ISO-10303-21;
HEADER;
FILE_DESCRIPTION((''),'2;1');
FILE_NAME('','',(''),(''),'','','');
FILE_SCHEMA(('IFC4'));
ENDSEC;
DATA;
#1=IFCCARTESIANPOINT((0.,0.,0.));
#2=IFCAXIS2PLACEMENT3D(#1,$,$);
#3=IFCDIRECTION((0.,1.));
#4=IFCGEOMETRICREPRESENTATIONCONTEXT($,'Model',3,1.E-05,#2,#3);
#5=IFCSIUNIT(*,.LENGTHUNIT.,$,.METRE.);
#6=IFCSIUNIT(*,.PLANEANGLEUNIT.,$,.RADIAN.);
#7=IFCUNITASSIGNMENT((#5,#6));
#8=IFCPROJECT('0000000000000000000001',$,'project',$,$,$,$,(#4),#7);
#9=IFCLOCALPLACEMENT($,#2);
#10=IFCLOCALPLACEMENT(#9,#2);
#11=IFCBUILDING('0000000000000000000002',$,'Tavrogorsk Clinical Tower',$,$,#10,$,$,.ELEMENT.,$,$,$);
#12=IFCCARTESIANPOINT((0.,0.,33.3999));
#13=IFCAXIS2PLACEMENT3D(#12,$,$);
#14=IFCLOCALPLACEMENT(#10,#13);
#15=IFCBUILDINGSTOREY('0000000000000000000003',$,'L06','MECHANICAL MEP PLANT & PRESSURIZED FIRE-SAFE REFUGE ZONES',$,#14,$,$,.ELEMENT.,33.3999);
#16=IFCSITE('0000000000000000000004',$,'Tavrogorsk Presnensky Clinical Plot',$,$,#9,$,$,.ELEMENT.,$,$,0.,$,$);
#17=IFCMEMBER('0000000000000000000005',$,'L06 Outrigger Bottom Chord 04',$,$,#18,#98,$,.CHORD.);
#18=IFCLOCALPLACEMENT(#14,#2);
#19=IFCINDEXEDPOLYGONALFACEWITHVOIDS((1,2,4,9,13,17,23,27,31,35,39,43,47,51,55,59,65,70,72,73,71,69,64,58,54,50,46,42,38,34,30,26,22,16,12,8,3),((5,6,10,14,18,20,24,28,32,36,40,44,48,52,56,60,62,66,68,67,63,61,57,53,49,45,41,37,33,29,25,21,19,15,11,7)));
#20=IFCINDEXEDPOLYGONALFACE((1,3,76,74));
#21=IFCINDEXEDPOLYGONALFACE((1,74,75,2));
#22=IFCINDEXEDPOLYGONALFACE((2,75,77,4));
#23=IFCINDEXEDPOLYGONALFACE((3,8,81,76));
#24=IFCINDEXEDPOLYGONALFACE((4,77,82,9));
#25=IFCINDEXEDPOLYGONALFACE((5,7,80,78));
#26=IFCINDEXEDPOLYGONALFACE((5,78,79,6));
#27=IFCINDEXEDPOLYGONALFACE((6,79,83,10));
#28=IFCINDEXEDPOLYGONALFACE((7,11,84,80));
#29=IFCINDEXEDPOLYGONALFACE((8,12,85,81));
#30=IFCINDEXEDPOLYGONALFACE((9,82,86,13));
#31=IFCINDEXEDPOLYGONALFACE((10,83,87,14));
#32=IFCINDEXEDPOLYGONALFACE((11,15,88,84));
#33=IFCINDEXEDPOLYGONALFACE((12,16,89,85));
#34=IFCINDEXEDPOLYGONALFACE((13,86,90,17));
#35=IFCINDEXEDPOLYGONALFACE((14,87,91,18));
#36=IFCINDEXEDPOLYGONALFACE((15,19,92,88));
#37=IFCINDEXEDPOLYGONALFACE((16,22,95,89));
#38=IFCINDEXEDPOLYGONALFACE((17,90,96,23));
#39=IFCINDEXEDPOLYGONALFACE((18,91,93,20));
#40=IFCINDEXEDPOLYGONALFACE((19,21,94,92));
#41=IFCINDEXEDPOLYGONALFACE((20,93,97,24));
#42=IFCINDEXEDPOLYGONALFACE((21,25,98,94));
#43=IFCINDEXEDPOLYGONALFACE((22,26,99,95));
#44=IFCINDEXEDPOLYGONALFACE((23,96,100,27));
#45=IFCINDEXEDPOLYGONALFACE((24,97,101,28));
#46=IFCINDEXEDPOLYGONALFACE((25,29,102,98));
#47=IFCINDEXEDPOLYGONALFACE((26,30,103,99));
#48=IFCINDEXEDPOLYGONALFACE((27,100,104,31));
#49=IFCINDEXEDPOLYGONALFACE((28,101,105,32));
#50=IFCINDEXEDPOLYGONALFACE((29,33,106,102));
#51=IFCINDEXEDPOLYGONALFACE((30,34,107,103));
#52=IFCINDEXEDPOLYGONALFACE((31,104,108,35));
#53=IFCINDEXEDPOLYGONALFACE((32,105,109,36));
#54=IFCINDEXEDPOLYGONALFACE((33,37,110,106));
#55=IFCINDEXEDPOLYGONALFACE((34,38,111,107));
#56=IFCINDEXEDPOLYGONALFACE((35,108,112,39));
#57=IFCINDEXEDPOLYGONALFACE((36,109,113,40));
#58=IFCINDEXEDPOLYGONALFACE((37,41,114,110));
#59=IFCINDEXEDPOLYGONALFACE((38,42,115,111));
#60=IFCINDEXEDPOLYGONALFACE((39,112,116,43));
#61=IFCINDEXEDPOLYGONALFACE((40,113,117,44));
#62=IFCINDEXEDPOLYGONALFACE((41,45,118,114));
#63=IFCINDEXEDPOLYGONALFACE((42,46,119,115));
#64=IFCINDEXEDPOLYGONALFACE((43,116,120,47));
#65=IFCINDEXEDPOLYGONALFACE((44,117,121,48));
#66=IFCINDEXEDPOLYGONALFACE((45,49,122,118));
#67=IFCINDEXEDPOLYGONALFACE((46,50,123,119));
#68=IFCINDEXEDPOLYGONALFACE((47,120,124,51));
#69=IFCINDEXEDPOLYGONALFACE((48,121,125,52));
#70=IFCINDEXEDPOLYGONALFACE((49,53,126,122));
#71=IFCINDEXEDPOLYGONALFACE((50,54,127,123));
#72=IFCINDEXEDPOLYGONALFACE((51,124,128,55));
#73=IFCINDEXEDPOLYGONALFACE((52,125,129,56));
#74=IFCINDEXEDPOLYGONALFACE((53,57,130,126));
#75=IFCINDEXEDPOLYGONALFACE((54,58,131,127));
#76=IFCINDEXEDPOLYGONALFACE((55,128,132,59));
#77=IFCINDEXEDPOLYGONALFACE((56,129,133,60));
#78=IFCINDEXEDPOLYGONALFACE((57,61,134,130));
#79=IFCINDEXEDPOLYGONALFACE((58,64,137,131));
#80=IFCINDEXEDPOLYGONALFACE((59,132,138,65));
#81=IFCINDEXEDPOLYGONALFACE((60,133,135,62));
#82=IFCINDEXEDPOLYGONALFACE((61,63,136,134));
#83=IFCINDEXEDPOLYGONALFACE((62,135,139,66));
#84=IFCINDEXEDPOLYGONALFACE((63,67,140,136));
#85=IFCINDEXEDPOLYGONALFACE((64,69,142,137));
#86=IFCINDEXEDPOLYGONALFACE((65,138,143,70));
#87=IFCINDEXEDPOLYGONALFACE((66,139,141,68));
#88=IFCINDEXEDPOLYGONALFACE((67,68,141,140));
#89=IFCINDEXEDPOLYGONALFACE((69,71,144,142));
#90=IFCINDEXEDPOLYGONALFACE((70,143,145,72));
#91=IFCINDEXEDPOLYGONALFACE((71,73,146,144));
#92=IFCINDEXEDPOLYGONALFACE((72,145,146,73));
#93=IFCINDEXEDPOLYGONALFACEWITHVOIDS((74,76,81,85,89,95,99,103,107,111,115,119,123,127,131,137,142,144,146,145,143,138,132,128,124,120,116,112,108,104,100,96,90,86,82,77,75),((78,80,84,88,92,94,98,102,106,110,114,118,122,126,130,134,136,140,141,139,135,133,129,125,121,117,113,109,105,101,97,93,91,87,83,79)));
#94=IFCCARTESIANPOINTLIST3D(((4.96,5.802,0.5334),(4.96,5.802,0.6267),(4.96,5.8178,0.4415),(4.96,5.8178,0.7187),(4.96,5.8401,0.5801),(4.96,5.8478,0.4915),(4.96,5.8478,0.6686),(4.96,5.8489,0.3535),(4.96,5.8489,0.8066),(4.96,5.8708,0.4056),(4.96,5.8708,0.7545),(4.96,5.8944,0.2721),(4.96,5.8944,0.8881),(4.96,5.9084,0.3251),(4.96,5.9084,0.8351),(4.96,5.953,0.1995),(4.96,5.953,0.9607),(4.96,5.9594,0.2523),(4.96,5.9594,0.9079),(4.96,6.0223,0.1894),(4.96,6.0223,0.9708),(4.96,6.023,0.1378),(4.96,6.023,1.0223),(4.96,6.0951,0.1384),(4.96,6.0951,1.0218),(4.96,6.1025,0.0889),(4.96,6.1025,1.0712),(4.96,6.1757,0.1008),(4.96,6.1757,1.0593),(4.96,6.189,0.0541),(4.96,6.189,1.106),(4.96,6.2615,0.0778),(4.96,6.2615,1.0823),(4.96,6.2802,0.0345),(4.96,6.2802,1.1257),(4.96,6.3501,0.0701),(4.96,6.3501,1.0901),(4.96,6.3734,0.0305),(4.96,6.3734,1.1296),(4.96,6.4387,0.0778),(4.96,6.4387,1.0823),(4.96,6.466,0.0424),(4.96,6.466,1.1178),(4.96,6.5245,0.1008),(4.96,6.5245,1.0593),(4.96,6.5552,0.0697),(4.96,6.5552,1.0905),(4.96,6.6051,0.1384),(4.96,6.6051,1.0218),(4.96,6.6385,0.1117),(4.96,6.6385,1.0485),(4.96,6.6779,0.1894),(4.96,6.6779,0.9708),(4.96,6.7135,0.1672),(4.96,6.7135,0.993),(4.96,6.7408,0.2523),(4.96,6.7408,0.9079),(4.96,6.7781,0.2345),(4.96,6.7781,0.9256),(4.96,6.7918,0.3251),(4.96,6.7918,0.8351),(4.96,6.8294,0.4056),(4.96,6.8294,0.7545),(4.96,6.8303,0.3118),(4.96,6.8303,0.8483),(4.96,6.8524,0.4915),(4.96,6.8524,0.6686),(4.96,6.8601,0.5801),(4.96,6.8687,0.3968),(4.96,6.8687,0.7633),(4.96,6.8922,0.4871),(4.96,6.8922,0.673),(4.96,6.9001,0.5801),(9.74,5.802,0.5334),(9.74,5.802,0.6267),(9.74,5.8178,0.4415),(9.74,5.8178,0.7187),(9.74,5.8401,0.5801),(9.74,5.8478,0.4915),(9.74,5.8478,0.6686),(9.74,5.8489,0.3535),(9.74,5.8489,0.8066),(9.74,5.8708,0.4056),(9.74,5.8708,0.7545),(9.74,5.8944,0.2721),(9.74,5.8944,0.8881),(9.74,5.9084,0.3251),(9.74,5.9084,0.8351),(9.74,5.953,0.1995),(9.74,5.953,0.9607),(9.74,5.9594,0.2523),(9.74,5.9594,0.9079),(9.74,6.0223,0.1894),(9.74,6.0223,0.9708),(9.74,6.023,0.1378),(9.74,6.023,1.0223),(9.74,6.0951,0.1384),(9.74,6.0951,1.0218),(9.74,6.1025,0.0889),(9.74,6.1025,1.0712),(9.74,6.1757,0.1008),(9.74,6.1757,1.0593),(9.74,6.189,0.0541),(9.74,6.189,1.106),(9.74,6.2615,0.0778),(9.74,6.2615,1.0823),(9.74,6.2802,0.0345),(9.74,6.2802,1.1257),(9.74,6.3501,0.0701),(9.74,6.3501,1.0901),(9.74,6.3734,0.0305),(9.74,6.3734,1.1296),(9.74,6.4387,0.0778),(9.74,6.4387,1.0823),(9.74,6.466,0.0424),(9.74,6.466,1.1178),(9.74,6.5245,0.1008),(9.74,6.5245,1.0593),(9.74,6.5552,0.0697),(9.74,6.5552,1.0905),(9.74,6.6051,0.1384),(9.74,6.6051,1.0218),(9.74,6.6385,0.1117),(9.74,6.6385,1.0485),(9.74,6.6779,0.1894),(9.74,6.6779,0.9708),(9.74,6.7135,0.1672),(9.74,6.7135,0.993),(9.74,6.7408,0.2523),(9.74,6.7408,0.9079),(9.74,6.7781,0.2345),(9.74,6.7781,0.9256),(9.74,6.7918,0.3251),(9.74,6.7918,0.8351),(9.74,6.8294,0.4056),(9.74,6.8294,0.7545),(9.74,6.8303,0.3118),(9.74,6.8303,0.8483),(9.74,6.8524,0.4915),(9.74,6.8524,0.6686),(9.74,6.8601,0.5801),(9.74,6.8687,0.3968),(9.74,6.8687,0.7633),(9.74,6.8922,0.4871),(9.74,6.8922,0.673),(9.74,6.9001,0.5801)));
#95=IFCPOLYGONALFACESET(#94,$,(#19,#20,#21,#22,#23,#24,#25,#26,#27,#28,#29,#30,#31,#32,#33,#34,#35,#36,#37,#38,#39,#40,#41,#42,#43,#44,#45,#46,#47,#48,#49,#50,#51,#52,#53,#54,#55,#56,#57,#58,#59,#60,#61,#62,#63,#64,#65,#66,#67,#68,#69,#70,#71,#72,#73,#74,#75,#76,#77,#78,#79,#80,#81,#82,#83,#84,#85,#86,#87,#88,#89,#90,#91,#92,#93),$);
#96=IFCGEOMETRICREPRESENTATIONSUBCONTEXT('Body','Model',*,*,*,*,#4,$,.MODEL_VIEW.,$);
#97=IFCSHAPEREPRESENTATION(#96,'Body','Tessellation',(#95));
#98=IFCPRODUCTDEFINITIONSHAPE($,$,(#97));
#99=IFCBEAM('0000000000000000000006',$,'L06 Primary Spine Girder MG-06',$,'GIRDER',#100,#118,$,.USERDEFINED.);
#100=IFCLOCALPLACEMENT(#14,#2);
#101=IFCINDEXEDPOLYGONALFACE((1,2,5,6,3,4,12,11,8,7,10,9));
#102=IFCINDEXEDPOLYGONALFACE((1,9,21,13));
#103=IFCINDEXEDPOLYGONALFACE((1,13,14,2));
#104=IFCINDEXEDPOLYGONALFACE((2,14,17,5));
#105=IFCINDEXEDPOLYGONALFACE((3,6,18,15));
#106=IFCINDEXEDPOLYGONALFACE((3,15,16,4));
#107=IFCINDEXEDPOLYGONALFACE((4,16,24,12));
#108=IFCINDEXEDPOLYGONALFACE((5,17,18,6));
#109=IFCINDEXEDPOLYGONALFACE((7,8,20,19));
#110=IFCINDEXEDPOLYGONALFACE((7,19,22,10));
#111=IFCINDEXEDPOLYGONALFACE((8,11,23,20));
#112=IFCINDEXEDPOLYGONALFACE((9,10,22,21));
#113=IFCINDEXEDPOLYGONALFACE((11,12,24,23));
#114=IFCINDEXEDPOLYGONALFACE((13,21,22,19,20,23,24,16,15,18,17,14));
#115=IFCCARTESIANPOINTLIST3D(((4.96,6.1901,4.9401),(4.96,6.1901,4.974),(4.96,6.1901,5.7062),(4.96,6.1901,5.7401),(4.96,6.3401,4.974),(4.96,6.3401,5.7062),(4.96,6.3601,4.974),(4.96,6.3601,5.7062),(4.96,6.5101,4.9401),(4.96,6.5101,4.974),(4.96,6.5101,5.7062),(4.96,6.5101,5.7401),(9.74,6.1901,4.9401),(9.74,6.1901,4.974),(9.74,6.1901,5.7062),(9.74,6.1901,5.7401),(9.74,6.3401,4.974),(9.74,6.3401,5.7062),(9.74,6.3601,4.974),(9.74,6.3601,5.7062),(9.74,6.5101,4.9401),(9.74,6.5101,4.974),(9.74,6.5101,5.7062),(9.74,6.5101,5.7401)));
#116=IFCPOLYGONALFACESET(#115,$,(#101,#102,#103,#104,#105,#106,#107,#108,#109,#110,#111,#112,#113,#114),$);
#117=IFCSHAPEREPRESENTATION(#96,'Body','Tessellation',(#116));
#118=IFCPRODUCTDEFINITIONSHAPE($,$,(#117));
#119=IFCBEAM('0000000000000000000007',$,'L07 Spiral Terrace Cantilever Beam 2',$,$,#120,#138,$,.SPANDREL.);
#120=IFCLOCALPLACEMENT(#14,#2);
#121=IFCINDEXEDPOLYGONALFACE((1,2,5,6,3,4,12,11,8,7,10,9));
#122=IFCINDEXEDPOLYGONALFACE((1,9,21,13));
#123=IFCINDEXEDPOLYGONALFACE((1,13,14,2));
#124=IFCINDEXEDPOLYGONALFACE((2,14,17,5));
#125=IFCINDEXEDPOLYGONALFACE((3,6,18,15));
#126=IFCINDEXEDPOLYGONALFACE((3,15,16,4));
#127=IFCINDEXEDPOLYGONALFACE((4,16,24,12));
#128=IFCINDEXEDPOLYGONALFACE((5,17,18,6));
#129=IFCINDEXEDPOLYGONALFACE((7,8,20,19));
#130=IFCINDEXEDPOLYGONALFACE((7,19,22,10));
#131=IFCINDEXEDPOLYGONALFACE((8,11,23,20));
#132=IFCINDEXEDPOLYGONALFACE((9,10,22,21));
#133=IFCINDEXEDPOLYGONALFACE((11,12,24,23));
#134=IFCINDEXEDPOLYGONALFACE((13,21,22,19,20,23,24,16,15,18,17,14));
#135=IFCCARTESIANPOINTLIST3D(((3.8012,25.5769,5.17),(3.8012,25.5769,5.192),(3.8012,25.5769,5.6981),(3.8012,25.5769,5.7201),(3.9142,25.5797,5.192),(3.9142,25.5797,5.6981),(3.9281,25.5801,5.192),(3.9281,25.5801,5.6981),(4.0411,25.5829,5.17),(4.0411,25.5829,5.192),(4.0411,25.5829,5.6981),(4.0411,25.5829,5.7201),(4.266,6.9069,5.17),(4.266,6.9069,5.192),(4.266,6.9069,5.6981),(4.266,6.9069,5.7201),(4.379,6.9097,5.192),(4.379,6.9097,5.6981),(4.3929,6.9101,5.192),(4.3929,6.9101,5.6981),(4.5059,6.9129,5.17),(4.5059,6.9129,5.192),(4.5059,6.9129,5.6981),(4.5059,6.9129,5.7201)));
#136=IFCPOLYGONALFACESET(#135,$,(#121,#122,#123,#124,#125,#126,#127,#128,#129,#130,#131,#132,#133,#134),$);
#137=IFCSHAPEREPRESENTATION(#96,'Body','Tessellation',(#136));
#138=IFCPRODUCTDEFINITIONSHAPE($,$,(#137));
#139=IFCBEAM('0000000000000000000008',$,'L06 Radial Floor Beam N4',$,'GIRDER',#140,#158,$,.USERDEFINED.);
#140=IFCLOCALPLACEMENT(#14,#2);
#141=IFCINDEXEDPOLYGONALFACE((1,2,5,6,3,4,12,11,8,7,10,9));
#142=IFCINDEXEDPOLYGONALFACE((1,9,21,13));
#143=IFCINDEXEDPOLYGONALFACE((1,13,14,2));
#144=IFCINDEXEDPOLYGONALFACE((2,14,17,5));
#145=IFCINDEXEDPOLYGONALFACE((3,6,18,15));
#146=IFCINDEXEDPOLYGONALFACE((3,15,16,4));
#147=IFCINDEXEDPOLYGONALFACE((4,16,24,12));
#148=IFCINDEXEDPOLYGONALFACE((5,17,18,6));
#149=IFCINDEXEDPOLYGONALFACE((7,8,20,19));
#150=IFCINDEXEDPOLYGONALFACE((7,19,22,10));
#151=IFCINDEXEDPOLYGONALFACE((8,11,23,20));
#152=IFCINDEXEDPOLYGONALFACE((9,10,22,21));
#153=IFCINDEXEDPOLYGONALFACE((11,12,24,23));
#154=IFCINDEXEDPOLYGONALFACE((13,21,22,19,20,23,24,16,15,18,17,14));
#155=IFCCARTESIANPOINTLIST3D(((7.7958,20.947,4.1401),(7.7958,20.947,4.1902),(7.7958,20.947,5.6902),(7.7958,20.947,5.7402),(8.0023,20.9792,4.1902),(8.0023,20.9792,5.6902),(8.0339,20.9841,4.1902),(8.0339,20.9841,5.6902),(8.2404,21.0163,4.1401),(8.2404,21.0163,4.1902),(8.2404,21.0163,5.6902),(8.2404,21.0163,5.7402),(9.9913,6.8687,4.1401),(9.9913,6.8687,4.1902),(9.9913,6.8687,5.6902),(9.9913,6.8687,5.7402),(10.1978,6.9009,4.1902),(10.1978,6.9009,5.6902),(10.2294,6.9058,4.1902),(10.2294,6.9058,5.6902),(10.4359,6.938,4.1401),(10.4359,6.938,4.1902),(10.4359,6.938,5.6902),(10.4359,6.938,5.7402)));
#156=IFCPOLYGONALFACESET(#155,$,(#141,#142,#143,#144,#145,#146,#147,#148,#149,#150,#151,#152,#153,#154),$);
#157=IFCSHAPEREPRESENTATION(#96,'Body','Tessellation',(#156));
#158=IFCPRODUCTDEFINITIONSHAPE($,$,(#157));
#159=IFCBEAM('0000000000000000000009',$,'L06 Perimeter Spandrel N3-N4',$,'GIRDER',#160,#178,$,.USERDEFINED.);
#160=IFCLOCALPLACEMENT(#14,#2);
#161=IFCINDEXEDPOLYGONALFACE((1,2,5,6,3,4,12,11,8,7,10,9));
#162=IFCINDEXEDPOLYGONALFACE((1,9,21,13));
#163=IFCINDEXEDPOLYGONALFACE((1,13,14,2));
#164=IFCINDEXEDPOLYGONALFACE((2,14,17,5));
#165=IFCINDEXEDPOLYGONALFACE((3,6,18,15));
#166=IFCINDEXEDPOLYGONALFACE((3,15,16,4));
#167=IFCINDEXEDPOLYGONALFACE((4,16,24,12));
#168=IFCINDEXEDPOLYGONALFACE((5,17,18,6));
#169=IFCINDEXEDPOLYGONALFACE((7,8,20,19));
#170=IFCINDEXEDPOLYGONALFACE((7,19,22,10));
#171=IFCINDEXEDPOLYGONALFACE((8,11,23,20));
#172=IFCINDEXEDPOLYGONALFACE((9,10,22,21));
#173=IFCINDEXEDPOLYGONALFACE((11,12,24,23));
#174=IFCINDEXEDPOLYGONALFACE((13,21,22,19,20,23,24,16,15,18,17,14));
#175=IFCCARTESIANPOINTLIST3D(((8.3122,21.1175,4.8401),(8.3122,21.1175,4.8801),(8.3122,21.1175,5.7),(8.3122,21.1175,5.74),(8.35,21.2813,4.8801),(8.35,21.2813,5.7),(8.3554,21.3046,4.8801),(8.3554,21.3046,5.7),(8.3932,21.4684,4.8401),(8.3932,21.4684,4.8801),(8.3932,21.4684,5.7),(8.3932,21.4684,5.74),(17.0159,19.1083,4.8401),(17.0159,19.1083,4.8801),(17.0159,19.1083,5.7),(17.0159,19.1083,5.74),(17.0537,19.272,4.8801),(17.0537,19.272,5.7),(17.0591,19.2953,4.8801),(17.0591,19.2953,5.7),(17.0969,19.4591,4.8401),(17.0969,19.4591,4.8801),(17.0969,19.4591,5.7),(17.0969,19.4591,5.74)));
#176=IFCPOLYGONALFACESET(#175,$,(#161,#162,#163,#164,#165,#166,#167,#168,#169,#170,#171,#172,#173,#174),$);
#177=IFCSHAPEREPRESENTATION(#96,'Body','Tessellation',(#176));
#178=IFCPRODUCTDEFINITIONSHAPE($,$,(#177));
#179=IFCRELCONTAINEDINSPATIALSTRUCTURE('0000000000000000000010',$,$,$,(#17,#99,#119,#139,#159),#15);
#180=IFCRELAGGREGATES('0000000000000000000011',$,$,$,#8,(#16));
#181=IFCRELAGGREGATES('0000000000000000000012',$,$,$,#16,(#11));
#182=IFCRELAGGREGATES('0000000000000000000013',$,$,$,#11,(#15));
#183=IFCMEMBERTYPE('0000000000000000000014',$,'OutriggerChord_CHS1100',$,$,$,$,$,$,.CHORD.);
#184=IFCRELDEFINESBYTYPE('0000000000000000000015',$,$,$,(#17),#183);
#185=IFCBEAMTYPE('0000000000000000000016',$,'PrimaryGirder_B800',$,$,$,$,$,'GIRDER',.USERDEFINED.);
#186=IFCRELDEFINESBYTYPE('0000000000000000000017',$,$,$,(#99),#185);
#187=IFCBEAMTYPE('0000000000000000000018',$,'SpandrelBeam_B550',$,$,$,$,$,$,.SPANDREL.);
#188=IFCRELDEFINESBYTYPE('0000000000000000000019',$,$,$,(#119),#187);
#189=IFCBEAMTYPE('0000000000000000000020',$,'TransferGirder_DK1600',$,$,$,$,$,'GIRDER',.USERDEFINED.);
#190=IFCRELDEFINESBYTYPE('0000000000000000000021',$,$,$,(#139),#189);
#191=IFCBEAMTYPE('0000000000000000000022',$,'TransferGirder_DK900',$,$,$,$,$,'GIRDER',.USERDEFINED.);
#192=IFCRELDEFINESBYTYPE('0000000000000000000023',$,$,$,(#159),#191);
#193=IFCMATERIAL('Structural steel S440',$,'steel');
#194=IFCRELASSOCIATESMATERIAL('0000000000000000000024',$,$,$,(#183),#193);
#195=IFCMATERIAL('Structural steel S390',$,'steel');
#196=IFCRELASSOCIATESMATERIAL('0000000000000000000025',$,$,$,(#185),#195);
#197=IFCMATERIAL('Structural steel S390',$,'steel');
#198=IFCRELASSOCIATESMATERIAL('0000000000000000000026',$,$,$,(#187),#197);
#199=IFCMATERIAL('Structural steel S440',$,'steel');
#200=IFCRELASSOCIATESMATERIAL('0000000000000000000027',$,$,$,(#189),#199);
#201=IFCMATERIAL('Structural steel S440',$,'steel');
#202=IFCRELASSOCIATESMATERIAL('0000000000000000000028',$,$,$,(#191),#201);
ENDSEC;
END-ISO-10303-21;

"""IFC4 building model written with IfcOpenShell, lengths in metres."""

from ifc_helpers import new_model, si_unit, direction, frame, origin, origin_2d, place, context, subcontext, project, spatial, hollow_circle, i_section, extrude, material, material_profile, profile_set, type_object, element, save


model = new_model("IFC4")

# Units and contexts
model_context = context("Model", 3, precision=1e-05, world=origin(), true_north=direction((0.0, 1.0)))
body_context = subcontext(model_context, "Body", "Model", "MODEL_VIEW")
ifc_project = project(units=[si_unit("LENGTHUNIT", "METRE"), si_unit("PLANEANGLEUNIT", "RADIAN")], contexts=[model_context])

# Site, building, storey
site_placement = place(None, origin())
site = spatial("IfcSite", under=ifc_project, at=site_placement, Name="Tavrogorsk Presnensky Clinical Plot", CompositionType="ELEMENT", RefElevation=0.0)
building_placement = place(site_placement, origin())
building = spatial("IfcBuilding", under=site, at=building_placement, Name="Tavrogorsk Clinical Tower", CompositionType="ELEMENT")
storey_placement = place(building_placement, frame((0.0, 0.0, 33.3999)))
storey = spatial("IfcBuildingStorey", under=building, at=storey_placement, Name="L06", Description="MECHANICAL MEP PLANT & PRESSURIZED FIRE-SAFE REFUGE ZONES", CompositionType="ELEMENT", Elevation=33.3999)

# Member
ifc_material_1 = material(Name="Structural steel S440", Category="steel")
ifc_material_profile_1 = material_profile(ifc_material_1, hollow_circle(Radius=0.55, WallThickness=0.04, at=origin_2d()), Name="CHS-1100x40")
ifc_profile_set_1 = profile_set([ifc_material_profile_1], Name="Structural steel S440")
member_type_1 = type_object("IfcMemberType", Name="OutriggerChord_CHS1100", PredefinedType="CHORD", material=ifc_profile_set_1)
member_1_placement = place(storey_placement, frame((4.96, 6.3501, 0.5801), z_axis=(1.0, 0.0, 0.0), x_axis=(0.0, 1.0, 0.0)))
element("IfcMember", 1, at=member_1_placement, inside=storey, type_object=member_type_1, Name="L06 Outrigger Bottom Chord 04", PredefinedType="CHORD", context=body_context, shape_type="SweptSolid", body=[
    extrude(hollow_circle(Radius=0.55, WallThickness=0.04, at=origin_2d()), origin(), (0.0, 0.0, 1.0), 4.78),
])

# Beams
ifc_material_2 = material(Name="Structural steel S390", Category="steel")
ifc_material_profile_2 = material_profile(ifc_material_2, i_section(OverallWidth=0.3201, OverallDepth=0.8, WebThickness=0.02, FlangeThickness=0.0339, at=origin_2d()), Name="B-800x320x20x34")
ifc_profile_set_2 = profile_set([ifc_material_profile_2], Name="Structural steel S390")
beam_type_1 = type_object("IfcBeamType", Name="PrimaryGirder_B800", ElementType="GIRDER", PredefinedType="USERDEFINED", material=ifc_profile_set_2)
beam_1_placement = place(storey_placement, frame((4.96, 6.3501, 5.3401), z_axis=(1.0, 0.0, 0.0), x_axis=(0.0, 1.0, 0.0)))
element("IfcBeam", 2, at=beam_1_placement, inside=storey, type_object=beam_type_1, Name="L06 Primary Spine Girder MG-06", ObjectType="GIRDER", PredefinedType="USERDEFINED", context=body_context, shape_type="SweptSolid", body=[
    extrude(i_section(OverallWidth=0.3201, OverallDepth=0.8, WebThickness=0.02, FlangeThickness=0.0339, at=origin_2d()), origin(), (0.0, 0.0, 1.0), 4.78),
])
ifc_material_3 = material(Name="Structural steel S390", Category="steel")
ifc_material_profile_3 = material_profile(ifc_material_3, i_section(OverallWidth=0.24, OverallDepth=0.55, WebThickness=0.0139, FlangeThickness=0.022, at=origin_2d()), Name="B-550x240x14x22")
ifc_profile_set_3 = profile_set([ifc_material_profile_3], Name="Structural steel S390")
beam_type_2 = type_object("IfcBeamType", Name="SpandrelBeam_B550", PredefinedType="SPANDREL", material=ifc_profile_set_3)
beam_2_placement = place(storey_placement, frame((4.386, 6.9099, 5.4451), z_axis=(-0.02489, 0.99969, 0.0), x_axis=(-0.99969, -0.02489, 0.0)))
element("IfcBeam", 3, at=beam_2_placement, inside=storey, type_object=beam_type_2, Name="L07 Spiral Terrace Cantilever Beam 2", PredefinedType="SPANDREL", context=body_context, shape_type="SweptSolid", body=[
    extrude(i_section(OverallWidth=0.24, OverallDepth=0.55, WebThickness=0.0139, FlangeThickness=0.022, at=origin_2d()), origin(), (0.0, 0.0, 1.0), 18.6758),
])
ifc_material_4 = material(Name="Structural steel S440", Category="steel")
ifc_material_profile_4 = material_profile(ifc_material_4, i_section(OverallWidth=0.45, OverallDepth=1.6001, WebThickness=0.032, FlangeThickness=0.05, at=origin_2d()), Name="DK-1600x450x32x50")
ifc_profile_set_4 = profile_set([ifc_material_profile_4], Name="Structural steel S440")
beam_type_3 = type_object("IfcBeamType", Name="TransferGirder_DK1600", ElementType="GIRDER", PredefinedType="USERDEFINED", material=ifc_profile_set_4)
beam_3_placement = place(storey_placement, frame((10.2136, 6.9033, 4.9402), z_axis=(-0.15409, 0.988057, 0.0), x_axis=(-0.988057, -0.15409, 0.0)))
element("IfcBeam", 4, at=beam_3_placement, inside=storey, type_object=beam_type_3, Name="L06 Radial Floor Beam N4", ObjectType="GIRDER", PredefinedType="USERDEFINED", context=body_context, shape_type="SweptSolid", body=[
    extrude(i_section(OverallWidth=0.45, OverallDepth=1.6001, WebThickness=0.032, FlangeThickness=0.05, at=origin_2d()), origin(), (0.0, 0.0, 1.0), 14.2485),
])
ifc_material_5 = material(Name="Structural steel S440", Category="steel")
ifc_material_profile_5 = material_profile(ifc_material_5, i_section(OverallWidth=0.3601, OverallDepth=0.8999, WebThickness=0.0239, FlangeThickness=0.04, at=origin_2d()), Name="DK-900x360x24x40")
ifc_profile_set_5 = profile_set([ifc_material_profile_5], Name="Structural steel S440")
beam_type_4 = type_object("IfcBeamType", Name="TransferGirder_DK900", ElementType="GIRDER", PredefinedType="USERDEFINED", material=ifc_profile_set_5)
for number, where, z_axis, x_axis, name in (
    (5, (17.0564, 19.2837, 5.29), (-0.974373, 0.224939, 0.0), (-0.224939, -0.974373, 0.0), "L06 Perimeter Spandrel N3-N4"),
):
    element("IfcBeam", number, at=place(storey_placement, frame(where, z_axis=z_axis, x_axis=x_axis)), inside=storey, type_object=beam_type_4, Name=name, ObjectType="GIRDER", PredefinedType="USERDEFINED", context=body_context, shape_type="SweptSolid", body=[
        extrude(i_section(OverallWidth=0.3601, OverallDepth=0.8999, WebThickness=0.0239, FlangeThickness=0.04, at=origin_2d()), origin(), (0.0, 0.0, 1.0), 8.9326),
    ])

save(model, "model.ifc")
